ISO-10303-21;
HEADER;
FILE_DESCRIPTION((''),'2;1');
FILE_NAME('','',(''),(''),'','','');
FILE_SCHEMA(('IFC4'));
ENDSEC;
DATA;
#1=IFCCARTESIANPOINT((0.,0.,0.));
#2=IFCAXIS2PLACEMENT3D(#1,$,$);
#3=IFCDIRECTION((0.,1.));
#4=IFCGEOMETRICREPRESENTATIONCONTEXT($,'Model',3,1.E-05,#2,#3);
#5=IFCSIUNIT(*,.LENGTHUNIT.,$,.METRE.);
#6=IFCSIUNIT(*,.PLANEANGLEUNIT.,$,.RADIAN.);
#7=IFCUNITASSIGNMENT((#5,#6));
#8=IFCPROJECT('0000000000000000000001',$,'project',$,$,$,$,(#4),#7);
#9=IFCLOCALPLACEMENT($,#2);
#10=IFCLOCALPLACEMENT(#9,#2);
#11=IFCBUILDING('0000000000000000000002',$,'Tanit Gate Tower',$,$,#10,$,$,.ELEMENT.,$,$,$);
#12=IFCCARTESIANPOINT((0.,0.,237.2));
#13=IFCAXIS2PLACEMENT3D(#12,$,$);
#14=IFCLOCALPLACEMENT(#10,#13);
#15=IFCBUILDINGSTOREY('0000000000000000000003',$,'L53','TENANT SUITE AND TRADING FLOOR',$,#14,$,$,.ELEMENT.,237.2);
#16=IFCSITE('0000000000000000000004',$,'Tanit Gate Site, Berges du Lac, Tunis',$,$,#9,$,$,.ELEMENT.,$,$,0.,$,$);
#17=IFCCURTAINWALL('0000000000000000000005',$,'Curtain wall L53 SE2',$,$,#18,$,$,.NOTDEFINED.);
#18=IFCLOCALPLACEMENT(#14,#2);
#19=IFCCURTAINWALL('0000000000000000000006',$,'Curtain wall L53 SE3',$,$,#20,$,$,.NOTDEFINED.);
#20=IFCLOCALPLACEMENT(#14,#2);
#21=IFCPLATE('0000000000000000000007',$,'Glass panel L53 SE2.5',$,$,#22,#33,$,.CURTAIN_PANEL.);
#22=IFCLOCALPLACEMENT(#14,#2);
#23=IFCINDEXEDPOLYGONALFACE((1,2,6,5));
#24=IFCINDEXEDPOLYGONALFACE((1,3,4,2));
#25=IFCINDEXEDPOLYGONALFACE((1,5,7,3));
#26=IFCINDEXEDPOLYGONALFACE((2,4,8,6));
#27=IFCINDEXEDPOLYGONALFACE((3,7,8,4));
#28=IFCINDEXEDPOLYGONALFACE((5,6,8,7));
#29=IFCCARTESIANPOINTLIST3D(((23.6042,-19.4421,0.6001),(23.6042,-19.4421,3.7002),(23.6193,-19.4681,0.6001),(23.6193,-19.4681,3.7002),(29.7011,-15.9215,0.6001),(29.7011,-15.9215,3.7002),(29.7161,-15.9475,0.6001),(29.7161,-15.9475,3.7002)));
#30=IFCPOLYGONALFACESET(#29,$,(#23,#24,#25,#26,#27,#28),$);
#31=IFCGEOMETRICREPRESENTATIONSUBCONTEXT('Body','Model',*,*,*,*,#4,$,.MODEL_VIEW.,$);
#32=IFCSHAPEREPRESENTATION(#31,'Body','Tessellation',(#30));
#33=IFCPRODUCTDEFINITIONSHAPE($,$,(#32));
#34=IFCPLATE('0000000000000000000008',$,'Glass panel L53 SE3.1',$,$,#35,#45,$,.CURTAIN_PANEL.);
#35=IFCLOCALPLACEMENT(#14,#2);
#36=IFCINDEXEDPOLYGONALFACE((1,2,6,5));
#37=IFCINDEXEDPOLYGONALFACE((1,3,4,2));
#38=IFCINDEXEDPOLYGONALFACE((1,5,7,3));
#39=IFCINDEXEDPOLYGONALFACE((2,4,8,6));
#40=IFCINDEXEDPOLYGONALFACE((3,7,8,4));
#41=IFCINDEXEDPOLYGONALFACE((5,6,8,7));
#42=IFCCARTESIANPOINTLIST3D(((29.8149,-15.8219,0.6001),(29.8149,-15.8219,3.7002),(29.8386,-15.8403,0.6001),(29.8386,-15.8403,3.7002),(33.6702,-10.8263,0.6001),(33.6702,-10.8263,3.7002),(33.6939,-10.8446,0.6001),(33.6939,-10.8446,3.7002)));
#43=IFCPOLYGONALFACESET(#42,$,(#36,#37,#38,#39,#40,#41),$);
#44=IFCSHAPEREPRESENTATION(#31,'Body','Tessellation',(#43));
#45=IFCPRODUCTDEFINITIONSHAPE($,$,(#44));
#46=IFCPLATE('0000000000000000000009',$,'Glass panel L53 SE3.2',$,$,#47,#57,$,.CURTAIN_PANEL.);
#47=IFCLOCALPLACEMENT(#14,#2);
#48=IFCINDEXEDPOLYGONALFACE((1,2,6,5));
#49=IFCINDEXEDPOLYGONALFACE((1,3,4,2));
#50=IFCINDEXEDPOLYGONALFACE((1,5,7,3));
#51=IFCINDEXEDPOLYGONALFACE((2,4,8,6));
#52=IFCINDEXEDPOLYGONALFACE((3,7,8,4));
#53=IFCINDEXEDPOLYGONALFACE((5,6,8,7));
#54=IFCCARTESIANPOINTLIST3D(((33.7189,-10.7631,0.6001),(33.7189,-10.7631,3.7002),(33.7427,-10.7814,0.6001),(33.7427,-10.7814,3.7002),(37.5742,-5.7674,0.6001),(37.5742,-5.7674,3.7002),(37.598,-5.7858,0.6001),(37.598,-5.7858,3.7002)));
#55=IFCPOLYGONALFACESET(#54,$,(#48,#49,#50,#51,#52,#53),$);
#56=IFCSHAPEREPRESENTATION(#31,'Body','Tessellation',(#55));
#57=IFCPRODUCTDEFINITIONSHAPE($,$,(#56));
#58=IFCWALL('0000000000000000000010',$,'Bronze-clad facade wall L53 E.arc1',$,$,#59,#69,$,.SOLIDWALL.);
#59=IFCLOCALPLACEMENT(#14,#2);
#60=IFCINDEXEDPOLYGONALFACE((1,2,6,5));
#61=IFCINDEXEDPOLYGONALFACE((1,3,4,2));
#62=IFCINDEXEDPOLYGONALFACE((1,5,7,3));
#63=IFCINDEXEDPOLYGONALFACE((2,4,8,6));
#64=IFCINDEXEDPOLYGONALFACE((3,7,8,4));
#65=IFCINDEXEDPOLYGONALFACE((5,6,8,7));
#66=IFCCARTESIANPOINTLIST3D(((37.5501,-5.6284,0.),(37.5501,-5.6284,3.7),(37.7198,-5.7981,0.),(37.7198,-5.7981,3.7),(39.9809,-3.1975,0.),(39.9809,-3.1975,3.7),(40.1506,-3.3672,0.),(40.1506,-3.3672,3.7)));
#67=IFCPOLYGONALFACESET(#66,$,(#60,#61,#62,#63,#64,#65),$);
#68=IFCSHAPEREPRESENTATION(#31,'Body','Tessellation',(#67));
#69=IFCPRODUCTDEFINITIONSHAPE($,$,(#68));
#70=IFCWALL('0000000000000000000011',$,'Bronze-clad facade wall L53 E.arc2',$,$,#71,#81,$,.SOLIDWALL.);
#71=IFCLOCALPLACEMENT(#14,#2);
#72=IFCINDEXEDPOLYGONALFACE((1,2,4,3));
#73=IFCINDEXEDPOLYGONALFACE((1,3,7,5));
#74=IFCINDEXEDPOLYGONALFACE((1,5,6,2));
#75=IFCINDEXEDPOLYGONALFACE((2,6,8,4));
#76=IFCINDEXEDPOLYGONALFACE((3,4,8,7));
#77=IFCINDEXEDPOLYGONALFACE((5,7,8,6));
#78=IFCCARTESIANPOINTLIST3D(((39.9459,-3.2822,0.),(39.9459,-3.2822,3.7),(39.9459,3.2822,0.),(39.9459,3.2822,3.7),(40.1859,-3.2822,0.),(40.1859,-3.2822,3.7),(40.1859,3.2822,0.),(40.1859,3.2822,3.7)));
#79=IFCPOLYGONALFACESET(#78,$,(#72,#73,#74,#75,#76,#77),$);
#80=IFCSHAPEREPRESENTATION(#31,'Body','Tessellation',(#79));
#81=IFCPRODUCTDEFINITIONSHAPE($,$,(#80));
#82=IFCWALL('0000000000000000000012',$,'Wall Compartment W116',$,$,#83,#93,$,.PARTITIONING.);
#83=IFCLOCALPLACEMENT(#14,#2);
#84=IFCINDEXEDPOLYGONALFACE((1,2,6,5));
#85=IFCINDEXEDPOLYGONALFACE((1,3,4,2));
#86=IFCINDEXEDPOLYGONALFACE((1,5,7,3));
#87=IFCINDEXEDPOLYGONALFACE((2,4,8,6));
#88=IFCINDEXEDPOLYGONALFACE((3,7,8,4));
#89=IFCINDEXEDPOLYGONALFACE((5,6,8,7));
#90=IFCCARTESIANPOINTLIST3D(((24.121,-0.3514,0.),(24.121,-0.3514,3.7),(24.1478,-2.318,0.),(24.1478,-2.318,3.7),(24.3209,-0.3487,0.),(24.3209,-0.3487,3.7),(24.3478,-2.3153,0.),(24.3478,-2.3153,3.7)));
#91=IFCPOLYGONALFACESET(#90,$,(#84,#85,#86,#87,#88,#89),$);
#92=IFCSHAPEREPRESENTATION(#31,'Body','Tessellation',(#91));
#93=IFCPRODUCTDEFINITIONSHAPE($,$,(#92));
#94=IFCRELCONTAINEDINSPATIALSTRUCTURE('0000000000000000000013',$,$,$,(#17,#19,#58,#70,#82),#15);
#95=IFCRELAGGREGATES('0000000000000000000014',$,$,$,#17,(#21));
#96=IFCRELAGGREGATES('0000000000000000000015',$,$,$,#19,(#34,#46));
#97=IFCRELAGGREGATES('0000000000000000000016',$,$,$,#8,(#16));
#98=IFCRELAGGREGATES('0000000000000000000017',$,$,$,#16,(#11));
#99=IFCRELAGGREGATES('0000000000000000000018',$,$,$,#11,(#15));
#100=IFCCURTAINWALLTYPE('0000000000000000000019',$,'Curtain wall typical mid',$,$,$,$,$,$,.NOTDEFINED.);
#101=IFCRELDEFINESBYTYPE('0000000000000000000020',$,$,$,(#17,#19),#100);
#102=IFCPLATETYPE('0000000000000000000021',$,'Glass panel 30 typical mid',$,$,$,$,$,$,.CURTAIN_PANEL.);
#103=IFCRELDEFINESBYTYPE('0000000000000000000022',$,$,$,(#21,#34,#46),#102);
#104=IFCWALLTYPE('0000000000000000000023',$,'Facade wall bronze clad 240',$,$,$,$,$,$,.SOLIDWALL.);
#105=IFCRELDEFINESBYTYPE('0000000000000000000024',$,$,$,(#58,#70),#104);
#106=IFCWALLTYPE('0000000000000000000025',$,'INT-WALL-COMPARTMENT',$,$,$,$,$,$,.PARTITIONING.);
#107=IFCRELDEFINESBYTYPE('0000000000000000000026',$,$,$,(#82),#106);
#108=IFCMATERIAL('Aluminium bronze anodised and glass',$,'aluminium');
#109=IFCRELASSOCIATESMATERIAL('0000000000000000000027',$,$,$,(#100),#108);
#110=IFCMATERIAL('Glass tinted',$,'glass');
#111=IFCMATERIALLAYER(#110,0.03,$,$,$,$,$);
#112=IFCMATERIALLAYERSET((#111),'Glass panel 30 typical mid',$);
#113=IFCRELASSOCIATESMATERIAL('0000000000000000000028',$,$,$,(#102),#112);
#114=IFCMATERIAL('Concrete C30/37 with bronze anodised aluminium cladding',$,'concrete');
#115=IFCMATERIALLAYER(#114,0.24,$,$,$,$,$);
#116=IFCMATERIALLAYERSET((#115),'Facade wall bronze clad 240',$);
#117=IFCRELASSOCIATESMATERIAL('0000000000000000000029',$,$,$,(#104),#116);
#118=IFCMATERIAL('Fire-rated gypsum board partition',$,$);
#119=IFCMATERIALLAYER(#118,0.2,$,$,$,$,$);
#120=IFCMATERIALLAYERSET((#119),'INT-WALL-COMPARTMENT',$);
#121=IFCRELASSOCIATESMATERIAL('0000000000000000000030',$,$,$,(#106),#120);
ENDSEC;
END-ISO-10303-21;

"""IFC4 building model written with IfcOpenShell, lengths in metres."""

from ifc_helpers import new_model, si_unit, direction, frame, frame_2d, origin, origin_2d, place, context, subcontext, project, spatial, rectangle, extrude, material, layer, layer_set, type_object, element, aggregate, save


model = new_model("IFC4")

# Units and contexts
model_context = context("Model", 3, precision=1e-05, world=origin(), true_north=direction((0.0, 1.0)))
body_context = subcontext(model_context, "Body", "Model", "MODEL_VIEW")
ifc_project = project(units=[si_unit("LENGTHUNIT", "METRE"), si_unit("PLANEANGLEUNIT", "RADIAN")], contexts=[model_context])

# Site, building, storey
site_placement = place(None, origin())
site = spatial("IfcSite", under=ifc_project, at=site_placement, Name="Tanit Gate Site, Berges du Lac, Tunis", CompositionType="ELEMENT", RefElevation=0.0)
building_placement = place(site_placement, origin())
building = spatial("IfcBuilding", under=site, at=building_placement, Name="Tanit Gate Tower", CompositionType="ELEMENT")
storey_placement = place(building_placement, frame((0.0, 0.0, 237.2)))
storey = spatial("IfcBuildingStorey", under=building, at=storey_placement, Name="L53", Description="TENANT SUITE AND TRADING FLOOR", CompositionType="ELEMENT", Elevation=237.2)

# Curtain wall
ifc_material_1 = material(Name="Aluminium bronze anodised and glass", Category="aluminium")
curtain_wall_type = type_object("IfcCurtainWallType", Name="Curtain wall typical mid", PredefinedType="NOTDEFINED", material=ifc_material_1)
curtain_wall_1_placement = place(storey_placement, origin())
curtain_wall_1 = element("IfcCurtainWall", 1, at=curtain_wall_1_placement, inside=storey, type_object=curtain_wall_type, Name="Curtain wall L53 SE2", PredefinedType="NOTDEFINED")

# Curtain wall
curtain_wall_2_placement = place(storey_placement, origin())
curtain_wall_2 = element("IfcCurtainWall", 2, at=curtain_wall_2_placement, inside=storey, type_object=curtain_wall_type, Name="Curtain wall L53 SE3", PredefinedType="NOTDEFINED")

# Plates
ifc_material_2 = material(Name="Glass tinted", Category="glass")
ifc_layer_1 = layer(ifc_material_2, 0.03)
ifc_layer_set_1 = layer_set([ifc_layer_1], Name="Glass panel 30 typical mid")
plate_type = type_object("IfcPlateType", Name="Glass panel 30 typical mid", PredefinedType="CURTAIN_PANEL", material=ifc_layer_set_1)
plate_1_placement = place(storey_placement, frame((26.6602, -17.6948, 0.6001), z_axis=(0.0, 0.0, 1.0), x_axis=(0.865991, 0.50006, 0.0)))
plate_1 = element("IfcPlate", 3, at=plate_1_placement, type_object=plate_type, Name="Glass panel L53 SE2.5", PredefinedType="CURTAIN_PANEL", context=body_context, shape_type="SweptSolid", body=[
    extrude(rectangle(XDim=7.0403, YDim=0.03, at=origin_2d()), origin(), (0.0, 0.0, 1.0), 3.1001),
])
aggregate(curtain_wall_1, [plate_1])
plate_2_placement = place(storey_placement, frame((31.7544, -13.3333, 0.6001), z_axis=(0.0, 0.0, 1.0), x_axis=(0.610954, 0.791666, 0.0)))
plate_2 = element("IfcPlate", 4, at=plate_2_placement, type_object=plate_type, Name="Glass panel L53 SE3.1", PredefinedType="CURTAIN_PANEL", context=body_context, shape_type="SweptSolid", body=[
    extrude(rectangle(XDim=6.3103, YDim=0.03, at=origin_2d()), origin(), (0.0, 0.0, 1.0), 3.1001),
])
plate_3_placement = place(storey_placement, frame((35.6584, -8.2744, 0.6001), z_axis=(0.0, 0.0, 1.0), x_axis=(0.610954, 0.791666, 0.0)))
plate_3 = element("IfcPlate", 5, at=plate_3_placement, type_object=plate_type, Name="Glass panel L53 SE3.2", PredefinedType="CURTAIN_PANEL", context=body_context, shape_type="SweptSolid", body=[
    extrude(rectangle(XDim=6.3103, YDim=0.03, at=origin_2d()), origin(), (0.0, 0.0, 1.0), 3.1001),
])
aggregate(curtain_wall_2, [plate_2, plate_3])

# Walls
ifc_material_3 = material(Name="Concrete C30/37 with bronze anodised aluminium cladding", Category="concrete")
ifc_layer_2 = layer(ifc_material_3, 0.24)
ifc_layer_set_2 = layer_set([ifc_layer_2], Name="Facade wall bronze clad 240")
wall_type_1 = type_object("IfcWallType", Name="Facade wall bronze clad 240", PredefinedType="SOLIDWALL", material=ifc_layer_set_2)
wall_1_placement = place(storey_placement, frame((37.635, -5.7131, 0.0), z_axis=(0.0, 0.0, 1.0), x_axis=(0.707107, 0.707107, 0.0)))
element("IfcWall", 6, at=wall_1_placement, inside=storey, type_object=wall_type_1, Name="Bronze-clad facade wall L53 E.arc1", PredefinedType="SOLIDWALL", context=body_context, shape_type="SweptSolid", body=[
    extrude(rectangle(XDim=3.4377, YDim=0.24, at=frame_2d((1.7188, 0.0))), origin(), (0.0, 0.0, 1.0), 3.7),
])
wall_2_placement = place(storey_placement, frame((40.0659, -3.2822, 0.0), z_axis=(0.0, 0.0, 1.0), x_axis=(0.0, 1.0, 0.0)))
element("IfcWall", 7, at=wall_2_placement, inside=storey, type_object=wall_type_1, Name="Bronze-clad facade wall L53 E.arc2", PredefinedType="SOLIDWALL", context=body_context, shape_type="SweptSolid", body=[
    extrude(rectangle(XDim=6.5645, YDim=0.24, at=frame_2d((3.2822, 0.0))), origin(), (0.0, 0.0, 1.0), 3.7),
])
ifc_material_4 = material(Name="Fire-rated gypsum board partition")
ifc_layer_3 = layer(ifc_material_4, 0.2)
ifc_layer_set_3 = layer_set([ifc_layer_3], Name="INT-WALL-COMPARTMENT")
wall_type_2 = type_object("IfcWallType", Name="INT-WALL-COMPARTMENT", PredefinedType="PARTITIONING", material=ifc_layer_set_3)
wall_3_placement = place(storey_placement, frame((24.2478, -2.3167, 0.0), z_axis=(0.0, 0.0, 1.0), x_axis=(-0.013655, 0.999907, 0.0)))
element("IfcWall", 8, at=wall_3_placement, inside=storey, type_object=wall_type_2, Name="Wall Compartment W116", PredefinedType="PARTITIONING", context=body_context, shape_type="SweptSolid", body=[
    extrude(rectangle(XDim=1.9668, YDim=0.2, at=frame_2d((0.9834, 0.0))), origin(), (0.0, 0.0, 1.0), 3.7),
])

save(model, "model.ifc")
